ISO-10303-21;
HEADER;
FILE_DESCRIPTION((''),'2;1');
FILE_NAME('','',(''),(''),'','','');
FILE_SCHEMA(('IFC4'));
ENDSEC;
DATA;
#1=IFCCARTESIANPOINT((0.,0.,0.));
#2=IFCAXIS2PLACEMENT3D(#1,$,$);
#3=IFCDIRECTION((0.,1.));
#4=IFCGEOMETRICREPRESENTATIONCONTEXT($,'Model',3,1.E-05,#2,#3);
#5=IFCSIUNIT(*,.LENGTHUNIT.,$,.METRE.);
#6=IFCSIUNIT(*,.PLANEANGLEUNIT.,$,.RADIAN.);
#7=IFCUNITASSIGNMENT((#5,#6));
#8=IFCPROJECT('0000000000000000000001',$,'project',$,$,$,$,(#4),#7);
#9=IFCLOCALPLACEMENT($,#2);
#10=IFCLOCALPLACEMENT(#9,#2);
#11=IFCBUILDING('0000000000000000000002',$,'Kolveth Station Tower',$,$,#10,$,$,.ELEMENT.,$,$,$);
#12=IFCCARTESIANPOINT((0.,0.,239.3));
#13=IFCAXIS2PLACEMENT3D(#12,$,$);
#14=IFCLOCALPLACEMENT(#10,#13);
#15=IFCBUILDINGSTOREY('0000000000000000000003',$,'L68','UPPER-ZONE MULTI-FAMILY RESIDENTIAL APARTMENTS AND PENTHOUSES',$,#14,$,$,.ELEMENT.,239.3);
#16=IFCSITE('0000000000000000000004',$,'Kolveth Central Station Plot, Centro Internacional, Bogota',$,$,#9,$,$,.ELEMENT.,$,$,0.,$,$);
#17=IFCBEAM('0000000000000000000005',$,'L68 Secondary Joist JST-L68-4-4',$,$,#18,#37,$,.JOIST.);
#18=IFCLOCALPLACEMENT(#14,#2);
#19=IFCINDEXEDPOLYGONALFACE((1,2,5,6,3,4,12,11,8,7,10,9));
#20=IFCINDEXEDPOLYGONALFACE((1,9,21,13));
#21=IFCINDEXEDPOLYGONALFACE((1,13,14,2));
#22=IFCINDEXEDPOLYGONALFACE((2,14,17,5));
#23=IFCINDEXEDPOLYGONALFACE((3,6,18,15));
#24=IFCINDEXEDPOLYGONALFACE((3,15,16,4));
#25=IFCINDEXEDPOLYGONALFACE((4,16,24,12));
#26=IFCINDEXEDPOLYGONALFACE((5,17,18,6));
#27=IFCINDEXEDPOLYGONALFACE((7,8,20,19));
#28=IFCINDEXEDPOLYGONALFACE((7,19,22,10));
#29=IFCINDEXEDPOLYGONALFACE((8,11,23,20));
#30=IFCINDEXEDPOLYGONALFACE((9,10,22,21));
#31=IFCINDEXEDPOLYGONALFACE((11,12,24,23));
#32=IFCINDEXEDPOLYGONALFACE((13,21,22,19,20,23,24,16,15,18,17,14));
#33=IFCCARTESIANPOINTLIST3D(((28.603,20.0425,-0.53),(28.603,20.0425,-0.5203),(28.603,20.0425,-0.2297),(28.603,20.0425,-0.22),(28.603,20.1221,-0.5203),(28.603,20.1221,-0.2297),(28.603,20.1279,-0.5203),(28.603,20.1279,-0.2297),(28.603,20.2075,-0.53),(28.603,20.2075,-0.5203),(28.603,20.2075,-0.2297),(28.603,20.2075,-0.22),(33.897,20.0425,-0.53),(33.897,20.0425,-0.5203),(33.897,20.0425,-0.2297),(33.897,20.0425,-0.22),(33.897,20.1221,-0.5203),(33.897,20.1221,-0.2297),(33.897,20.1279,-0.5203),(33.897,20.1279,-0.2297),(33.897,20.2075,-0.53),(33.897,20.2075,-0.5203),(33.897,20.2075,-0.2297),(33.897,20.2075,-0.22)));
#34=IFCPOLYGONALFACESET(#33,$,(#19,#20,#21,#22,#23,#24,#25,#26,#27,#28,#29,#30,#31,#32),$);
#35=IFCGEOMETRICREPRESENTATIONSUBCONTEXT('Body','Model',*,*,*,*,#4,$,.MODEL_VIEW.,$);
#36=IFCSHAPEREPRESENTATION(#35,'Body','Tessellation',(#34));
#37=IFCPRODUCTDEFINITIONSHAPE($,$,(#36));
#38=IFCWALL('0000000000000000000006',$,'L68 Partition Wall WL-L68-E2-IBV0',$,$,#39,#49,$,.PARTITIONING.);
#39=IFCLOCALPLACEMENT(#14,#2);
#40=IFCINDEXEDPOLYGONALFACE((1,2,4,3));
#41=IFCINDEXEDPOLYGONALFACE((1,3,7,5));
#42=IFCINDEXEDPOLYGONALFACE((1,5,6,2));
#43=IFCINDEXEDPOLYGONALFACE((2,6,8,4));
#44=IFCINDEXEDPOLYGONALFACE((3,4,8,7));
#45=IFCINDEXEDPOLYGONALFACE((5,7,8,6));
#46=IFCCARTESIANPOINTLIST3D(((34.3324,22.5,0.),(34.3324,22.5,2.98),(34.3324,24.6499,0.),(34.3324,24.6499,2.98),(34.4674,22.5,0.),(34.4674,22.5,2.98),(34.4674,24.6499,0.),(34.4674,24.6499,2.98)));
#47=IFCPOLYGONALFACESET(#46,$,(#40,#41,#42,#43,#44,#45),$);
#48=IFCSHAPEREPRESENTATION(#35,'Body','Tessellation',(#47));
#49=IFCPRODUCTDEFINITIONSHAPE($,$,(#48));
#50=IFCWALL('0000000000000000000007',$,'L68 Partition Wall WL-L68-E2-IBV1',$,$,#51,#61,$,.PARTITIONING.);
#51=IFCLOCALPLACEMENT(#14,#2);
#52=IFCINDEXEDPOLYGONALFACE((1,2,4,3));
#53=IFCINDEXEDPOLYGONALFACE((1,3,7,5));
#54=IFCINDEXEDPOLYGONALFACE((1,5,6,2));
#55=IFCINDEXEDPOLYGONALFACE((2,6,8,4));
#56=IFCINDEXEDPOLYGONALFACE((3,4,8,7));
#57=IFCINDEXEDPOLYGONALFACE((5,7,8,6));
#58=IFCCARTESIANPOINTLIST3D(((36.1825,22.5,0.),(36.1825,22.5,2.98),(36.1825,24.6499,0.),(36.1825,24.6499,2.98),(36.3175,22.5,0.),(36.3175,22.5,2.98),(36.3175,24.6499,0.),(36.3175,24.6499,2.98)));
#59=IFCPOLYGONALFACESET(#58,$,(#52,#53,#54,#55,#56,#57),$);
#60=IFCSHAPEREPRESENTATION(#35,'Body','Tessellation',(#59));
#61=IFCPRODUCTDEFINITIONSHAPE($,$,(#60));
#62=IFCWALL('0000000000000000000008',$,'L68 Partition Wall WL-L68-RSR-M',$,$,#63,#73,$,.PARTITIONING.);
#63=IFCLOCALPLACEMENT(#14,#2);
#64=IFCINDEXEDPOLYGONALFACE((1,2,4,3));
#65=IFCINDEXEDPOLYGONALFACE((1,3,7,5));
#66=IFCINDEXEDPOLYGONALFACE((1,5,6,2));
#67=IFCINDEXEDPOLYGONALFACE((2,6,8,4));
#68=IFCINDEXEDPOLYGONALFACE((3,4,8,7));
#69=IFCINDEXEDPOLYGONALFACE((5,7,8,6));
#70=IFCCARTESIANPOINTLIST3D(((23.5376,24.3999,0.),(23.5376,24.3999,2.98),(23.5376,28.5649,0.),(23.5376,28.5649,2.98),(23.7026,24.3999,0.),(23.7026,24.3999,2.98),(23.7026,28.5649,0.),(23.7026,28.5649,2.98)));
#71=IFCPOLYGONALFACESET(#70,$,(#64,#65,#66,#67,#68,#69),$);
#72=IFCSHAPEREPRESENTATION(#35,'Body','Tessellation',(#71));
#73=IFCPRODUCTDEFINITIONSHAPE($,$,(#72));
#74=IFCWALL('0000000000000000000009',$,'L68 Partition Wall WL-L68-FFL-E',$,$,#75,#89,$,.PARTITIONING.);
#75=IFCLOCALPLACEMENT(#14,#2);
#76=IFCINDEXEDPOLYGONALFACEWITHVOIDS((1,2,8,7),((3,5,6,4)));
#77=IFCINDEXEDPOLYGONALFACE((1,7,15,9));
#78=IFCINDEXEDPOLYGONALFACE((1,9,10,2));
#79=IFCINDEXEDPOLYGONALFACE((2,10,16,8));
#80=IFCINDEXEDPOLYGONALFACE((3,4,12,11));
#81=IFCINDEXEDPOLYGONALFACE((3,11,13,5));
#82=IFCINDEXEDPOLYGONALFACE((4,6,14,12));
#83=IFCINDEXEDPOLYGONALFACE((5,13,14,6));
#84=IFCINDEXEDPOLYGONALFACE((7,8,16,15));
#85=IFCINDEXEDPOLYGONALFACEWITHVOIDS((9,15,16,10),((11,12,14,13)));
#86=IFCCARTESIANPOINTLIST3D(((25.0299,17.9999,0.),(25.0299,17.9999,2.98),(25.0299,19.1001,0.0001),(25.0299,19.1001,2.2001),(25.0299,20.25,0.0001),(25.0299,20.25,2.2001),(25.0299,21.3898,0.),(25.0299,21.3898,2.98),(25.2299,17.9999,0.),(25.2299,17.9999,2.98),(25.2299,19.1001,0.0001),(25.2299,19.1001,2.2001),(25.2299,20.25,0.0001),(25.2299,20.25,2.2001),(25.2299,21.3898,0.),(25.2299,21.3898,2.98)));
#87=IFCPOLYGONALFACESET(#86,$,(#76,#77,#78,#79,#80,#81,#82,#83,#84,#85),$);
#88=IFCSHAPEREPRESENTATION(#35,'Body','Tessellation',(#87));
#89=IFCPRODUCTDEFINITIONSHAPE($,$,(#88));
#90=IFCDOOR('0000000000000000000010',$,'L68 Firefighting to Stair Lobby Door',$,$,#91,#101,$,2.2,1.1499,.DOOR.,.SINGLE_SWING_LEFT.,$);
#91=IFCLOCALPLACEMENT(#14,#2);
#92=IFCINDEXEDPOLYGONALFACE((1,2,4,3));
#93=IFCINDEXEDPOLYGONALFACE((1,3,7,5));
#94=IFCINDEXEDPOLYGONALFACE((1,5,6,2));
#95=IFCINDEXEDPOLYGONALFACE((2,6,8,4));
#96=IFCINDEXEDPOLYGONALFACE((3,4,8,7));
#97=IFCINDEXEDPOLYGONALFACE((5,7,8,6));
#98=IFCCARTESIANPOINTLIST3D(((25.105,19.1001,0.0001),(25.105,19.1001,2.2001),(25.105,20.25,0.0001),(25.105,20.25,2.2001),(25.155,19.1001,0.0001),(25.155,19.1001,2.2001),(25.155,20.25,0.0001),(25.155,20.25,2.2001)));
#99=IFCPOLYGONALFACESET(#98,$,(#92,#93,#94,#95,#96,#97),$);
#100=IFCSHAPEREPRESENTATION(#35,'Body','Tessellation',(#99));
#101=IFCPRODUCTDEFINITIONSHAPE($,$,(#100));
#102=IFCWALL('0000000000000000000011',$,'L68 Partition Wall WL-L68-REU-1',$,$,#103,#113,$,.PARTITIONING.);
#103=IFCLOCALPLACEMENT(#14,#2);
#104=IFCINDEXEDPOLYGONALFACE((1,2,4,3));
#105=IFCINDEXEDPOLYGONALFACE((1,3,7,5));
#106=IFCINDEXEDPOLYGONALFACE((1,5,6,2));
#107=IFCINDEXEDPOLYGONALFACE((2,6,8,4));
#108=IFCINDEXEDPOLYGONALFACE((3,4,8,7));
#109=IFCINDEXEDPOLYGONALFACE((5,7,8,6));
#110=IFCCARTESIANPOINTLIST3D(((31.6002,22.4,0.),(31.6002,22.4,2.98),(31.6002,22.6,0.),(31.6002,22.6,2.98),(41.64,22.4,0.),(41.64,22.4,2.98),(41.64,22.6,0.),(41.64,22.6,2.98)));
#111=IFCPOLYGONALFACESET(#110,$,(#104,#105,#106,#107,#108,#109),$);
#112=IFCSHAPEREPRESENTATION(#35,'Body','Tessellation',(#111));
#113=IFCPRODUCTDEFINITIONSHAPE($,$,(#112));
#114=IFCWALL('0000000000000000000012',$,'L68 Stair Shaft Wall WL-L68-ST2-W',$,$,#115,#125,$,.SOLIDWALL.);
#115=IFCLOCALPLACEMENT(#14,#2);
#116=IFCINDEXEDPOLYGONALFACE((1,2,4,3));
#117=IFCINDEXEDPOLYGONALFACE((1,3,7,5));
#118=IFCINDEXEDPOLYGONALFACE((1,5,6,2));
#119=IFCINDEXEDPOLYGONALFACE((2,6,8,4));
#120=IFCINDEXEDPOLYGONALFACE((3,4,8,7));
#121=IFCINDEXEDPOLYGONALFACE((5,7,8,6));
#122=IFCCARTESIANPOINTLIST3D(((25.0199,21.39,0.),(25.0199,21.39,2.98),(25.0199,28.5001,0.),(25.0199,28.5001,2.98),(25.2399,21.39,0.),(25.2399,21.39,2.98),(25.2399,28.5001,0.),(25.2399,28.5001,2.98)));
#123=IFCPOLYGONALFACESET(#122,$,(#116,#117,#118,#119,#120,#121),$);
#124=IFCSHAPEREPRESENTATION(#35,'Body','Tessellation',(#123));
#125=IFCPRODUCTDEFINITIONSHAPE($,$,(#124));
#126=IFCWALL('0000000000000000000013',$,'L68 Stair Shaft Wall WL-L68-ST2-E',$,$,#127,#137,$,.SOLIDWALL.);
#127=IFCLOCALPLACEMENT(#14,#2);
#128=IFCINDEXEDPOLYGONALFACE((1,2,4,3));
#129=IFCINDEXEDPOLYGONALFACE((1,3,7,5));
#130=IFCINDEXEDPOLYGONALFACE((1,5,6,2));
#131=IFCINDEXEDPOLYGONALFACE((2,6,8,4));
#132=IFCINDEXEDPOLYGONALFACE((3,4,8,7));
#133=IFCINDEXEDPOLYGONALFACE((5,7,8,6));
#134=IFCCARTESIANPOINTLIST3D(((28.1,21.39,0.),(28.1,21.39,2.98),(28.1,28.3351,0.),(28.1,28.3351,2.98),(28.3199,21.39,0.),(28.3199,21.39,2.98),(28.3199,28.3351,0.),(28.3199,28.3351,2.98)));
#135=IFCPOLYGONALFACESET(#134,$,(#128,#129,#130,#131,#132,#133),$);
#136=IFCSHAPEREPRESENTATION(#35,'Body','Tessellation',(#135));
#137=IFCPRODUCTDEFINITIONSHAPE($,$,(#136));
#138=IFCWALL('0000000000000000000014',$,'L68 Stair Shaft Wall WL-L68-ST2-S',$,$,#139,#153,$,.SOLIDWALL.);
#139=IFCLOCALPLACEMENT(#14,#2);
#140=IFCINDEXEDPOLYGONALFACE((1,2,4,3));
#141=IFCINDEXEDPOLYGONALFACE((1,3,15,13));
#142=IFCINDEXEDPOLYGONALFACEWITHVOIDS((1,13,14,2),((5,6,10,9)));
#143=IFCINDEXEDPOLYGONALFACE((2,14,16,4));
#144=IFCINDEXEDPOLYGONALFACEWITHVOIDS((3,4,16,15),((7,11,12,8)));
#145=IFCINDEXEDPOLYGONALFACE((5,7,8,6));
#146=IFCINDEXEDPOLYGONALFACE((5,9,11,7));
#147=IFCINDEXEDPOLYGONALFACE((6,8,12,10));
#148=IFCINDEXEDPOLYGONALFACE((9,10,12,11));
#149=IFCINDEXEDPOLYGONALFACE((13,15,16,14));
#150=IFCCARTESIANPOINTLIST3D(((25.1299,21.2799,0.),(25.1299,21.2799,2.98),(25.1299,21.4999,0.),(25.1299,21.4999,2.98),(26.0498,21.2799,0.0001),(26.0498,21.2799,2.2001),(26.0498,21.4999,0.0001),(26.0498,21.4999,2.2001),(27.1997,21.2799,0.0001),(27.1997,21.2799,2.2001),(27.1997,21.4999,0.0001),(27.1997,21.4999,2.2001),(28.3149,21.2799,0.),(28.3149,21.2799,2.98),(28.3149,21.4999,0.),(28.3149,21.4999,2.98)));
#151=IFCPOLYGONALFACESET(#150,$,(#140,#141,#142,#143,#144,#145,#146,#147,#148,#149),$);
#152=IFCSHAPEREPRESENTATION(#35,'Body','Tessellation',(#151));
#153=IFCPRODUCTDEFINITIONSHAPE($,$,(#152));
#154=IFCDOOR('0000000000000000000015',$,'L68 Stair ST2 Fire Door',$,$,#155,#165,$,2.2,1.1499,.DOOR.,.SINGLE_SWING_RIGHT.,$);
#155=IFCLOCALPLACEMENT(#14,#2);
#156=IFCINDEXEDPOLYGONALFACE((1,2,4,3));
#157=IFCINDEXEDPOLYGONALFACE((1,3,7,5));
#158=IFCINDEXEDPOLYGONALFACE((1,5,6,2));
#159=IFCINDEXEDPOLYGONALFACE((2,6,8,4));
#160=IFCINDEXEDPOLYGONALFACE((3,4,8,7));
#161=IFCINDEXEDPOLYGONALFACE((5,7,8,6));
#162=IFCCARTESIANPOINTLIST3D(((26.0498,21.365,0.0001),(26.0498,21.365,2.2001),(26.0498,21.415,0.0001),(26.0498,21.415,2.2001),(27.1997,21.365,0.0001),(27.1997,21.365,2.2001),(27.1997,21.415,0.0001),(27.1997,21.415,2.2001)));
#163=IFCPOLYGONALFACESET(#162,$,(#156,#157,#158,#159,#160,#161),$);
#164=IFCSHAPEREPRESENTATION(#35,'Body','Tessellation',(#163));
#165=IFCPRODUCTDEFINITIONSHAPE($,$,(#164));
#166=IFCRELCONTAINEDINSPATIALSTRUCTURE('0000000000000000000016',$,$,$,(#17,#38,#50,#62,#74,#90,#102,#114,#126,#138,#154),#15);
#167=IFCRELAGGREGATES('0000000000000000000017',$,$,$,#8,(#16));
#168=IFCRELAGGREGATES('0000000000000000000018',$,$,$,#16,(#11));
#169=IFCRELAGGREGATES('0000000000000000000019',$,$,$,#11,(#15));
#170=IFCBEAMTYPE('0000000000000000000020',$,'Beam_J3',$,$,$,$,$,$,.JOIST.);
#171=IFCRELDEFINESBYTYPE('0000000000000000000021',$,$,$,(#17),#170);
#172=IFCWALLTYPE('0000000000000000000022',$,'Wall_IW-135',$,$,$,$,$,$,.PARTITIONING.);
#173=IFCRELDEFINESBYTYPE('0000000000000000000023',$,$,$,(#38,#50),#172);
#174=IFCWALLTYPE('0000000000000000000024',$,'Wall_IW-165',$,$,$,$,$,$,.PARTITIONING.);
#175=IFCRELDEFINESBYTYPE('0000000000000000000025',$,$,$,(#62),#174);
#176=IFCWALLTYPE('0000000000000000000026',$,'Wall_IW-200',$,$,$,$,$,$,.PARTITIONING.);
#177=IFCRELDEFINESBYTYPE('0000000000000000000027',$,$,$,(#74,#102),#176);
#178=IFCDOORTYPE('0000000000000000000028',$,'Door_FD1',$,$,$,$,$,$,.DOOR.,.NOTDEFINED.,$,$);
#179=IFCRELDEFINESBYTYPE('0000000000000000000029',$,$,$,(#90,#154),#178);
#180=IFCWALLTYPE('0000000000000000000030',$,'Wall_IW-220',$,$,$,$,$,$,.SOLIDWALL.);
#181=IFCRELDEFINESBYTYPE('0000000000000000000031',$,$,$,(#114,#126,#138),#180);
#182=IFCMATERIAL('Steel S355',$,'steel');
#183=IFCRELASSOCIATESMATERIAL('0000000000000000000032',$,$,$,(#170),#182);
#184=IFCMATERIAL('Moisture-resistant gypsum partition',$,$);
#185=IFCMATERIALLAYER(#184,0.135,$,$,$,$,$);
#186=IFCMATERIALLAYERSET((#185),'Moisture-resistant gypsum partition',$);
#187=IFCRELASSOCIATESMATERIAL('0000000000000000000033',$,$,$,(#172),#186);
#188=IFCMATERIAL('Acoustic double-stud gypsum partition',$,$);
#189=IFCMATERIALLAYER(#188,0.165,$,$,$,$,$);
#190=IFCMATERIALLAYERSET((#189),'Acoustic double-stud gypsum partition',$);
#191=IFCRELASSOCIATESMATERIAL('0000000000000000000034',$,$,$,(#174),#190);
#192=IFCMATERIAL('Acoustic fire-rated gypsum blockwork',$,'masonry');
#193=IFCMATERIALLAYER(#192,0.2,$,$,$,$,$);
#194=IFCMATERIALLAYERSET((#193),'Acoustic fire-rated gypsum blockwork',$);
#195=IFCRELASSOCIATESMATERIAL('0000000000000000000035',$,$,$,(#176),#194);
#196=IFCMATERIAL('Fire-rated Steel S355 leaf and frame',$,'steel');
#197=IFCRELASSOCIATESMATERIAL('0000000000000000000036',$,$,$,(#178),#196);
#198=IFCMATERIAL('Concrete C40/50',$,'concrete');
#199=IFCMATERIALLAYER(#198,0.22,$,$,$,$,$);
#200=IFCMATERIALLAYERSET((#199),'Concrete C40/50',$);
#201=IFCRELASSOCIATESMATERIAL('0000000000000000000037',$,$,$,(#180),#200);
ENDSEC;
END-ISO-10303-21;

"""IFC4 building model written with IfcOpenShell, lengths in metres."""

from ifc_helpers import new_model, si_unit, direction, frame, frame_2d, origin, origin_2d, place, context, subcontext, project, spatial, rectangle, i_section, extrude, source, transform, mapped, material, layer, layer_set, material_profile, profile_set, type_object, element, fill, save


model = new_model("IFC4")

# Units and contexts
model_context = context("Model", 3, precision=1e-05, world=origin(), true_north=direction((0.0, 1.0)))
body_context = subcontext(model_context, "Body", "Model", "MODEL_VIEW")
ifc_project = project(units=[si_unit("LENGTHUNIT", "METRE"), si_unit("PLANEANGLEUNIT", "RADIAN")], contexts=[model_context])

# Site, building, storey
site_placement = place(None, origin())
site = spatial("IfcSite", under=ifc_project, at=site_placement, Name="Kolveth Central Station Plot, Centro Internacional, Bogota", CompositionType="ELEMENT", RefElevation=0.0)
building_placement = place(site_placement, origin())
building = spatial("IfcBuilding", under=site, at=building_placement, Name="Kolveth Station Tower", CompositionType="ELEMENT")
storey_placement = place(building_placement, frame((0.0, 0.0, 239.3)))
storey = spatial("IfcBuildingStorey", under=building, at=storey_placement, Name="L68", Description="UPPER-ZONE MULTI-FAMILY RESIDENTIAL APARTMENTS AND PENTHOUSES", CompositionType="ELEMENT", Elevation=239.3)

# Shared definitions
ifc_material_1 = material(Name="Steel S355", Category="steel")

# Beam
ifc_material_profile_1 = material_profile(ifc_material_1, i_section(OverallWidth=0.165, OverallDepth=0.3101, WebThickness=0.0059, FlangeThickness=0.0098, at=origin_2d()), Name="W310x39")
ifc_profile_set_1 = profile_set([ifc_material_profile_1], Name="Steel S355")
beam_type_1 = type_object("IfcBeamType", Name="Beam_J3", PredefinedType="JOIST", material=ifc_profile_set_1)
shared_shape_1 = source(origin(), body_context, "Body", "SweptSolid", [
    extrude(i_section(OverallWidth=0.165, OverallDepth=0.3101, WebThickness=0.0059, FlangeThickness=0.0098, at=origin_2d()), origin(), (0.0, 0.0, 1.0), 5.2939),
])
beam_1_placement = place(storey_placement, frame((28.603, 20.125, -0.375), z_axis=(1.0, 0.0, 0.0), x_axis=(0.0, 1.0, 0.0)))
element("IfcBeam", 1, at=beam_1_placement, inside=storey, type_object=beam_type_1, Name="L68 Secondary Joist JST-L68-4-4", PredefinedType="JOIST", context=body_context, shape_type="MappedRepresentation", body=[
    mapped(shared_shape_1, transform((0.0, 0.0, 0.0), x_axis=(1.0, 0.0, 0.0), y_axis=(0.0, 1.0, 0.0), z_axis=(0.0, 0.0, 1.0), scale=1.0)),
])

# Walls
ifc_material_2 = material(Name="Moisture-resistant gypsum partition")
ifc_layer_1 = layer(ifc_material_2, 0.135)
ifc_layer_set_1 = layer_set([ifc_layer_1], Name="Moisture-resistant gypsum partition")
wall_type_1 = type_object("IfcWallType", Name="Wall_IW-135", PredefinedType="PARTITIONING", material=ifc_layer_set_1)
for number, where, z_axis, x_axis, name in (
    (2, (34.3999, 22.5, 0.0), (0.0, 0.0, 1.0), (0.0, 1.0, 0.0), "L68 Partition Wall WL-L68-E2-IBV0"),
    (3, (36.25, 22.5, 0.0), (0.0, 0.0, 1.0), (0.0, 1.0, 0.0), "L68 Partition Wall WL-L68-E2-IBV1"),
):
    element("IfcWall", number, at=place(storey_placement, frame(where, z_axis=z_axis, x_axis=x_axis)), inside=storey, type_object=wall_type_1, Name=name, PredefinedType="PARTITIONING", context=body_context, shape_type="SweptSolid", body=[
        extrude(rectangle(XDim=2.1499, YDim=0.135, at=frame_2d((1.075, 0.0))), origin(), (0.0, 0.0, 1.0), 2.98),
    ])
ifc_material_3 = material(Name="Acoustic double-stud gypsum partition")
ifc_layer_2 = layer(ifc_material_3, 0.165)
ifc_layer_set_2 = layer_set([ifc_layer_2], Name="Acoustic double-stud gypsum partition")
wall_type_2 = type_object("IfcWallType", Name="Wall_IW-165", PredefinedType="PARTITIONING", material=ifc_layer_set_2)
wall_1_placement = place(storey_placement, frame((23.6201, 24.3999, 0.0), z_axis=(0.0, 0.0, 1.0), x_axis=(0.0, 1.0, 0.0)))
element("IfcWall", 4, at=wall_1_placement, inside=storey, type_object=wall_type_2, Name="L68 Partition Wall WL-L68-RSR-M", PredefinedType="PARTITIONING", context=body_context, shape_type="SweptSolid", body=[
    extrude(rectangle(XDim=4.165, YDim=0.165, at=frame_2d((2.0825, 0.0))), origin(), (0.0, 0.0, 1.0), 2.98),
])

# Wall, opening, door
ifc_material_4 = material(Name="Acoustic fire-rated gypsum blockwork", Category="masonry")
ifc_layer_3 = layer(ifc_material_4, 0.2)
ifc_layer_set_3 = layer_set([ifc_layer_3], Name="Acoustic fire-rated gypsum blockwork")
wall_type_3 = type_object("IfcWallType", Name="Wall_IW-200", PredefinedType="PARTITIONING", material=ifc_layer_set_3)
wall_2_placement = place(storey_placement, frame((25.1299, 18.0, 0.0), z_axis=(0.0, 0.0, 1.0), x_axis=(0.0, 1.0, 0.0)))
wall_2 = element("IfcWall", 5, at=wall_2_placement, inside=storey, type_object=wall_type_3, Name="L68 Partition Wall WL-L68-FFL-E", PredefinedType="PARTITIONING", context=body_context, shape_type="SweptSolid", body=[
    extrude(rectangle(XDim=3.3899, YDim=0.2, at=frame_2d((1.6948, 0.0))), origin(), (0.0, 0.0, 1.0), 2.98),
])
opening_1_placement = place(wall_2_placement, frame((1.1001, 0.0, 0.0)))
opening_1 = element("IfcOpeningElement", 6, at=opening_1_placement, cuts=wall_2, PredefinedType="OPENING", context=body_context, shape_type="SweptSolid", body=[
    extrude(rectangle(XDim=1.1499, YDim=2.2, at=frame_2d((0.575, 1.1001))), frame((0.0, 0.1099, 0.0), z_axis=(0.0, -1.0, 0.0), x_axis=(1.0, 0.0, 0.0)), (0.0, 0.0, 1.0), 0.22),
])
ifc_material_5 = material(Name="Fire-rated Steel S355 leaf and frame", Category="steel")
door_type = type_object("IfcDoorType", Name="Door_FD1", OperationType="NOTDEFINED", PredefinedType="DOOR", material=ifc_material_5)
door_1_placement = place(opening_1_placement, origin())
door_1 = element("IfcDoor", 7, at=door_1_placement, inside=storey, type_object=door_type, Name="L68 Firefighting to Stair Lobby Door", OperationType="SINGLE_SWING_LEFT", OverallHeight=2.2, OverallWidth=1.1499, PredefinedType="DOOR", context=body_context, shape_type="SweptSolid", body=[
    extrude(rectangle(XDim=1.1499, YDim=2.2, at=frame_2d((0.575, 1.1001))), frame((0.0, 0.0249, 0.0), z_axis=(0.0, -1.0, 0.0), x_axis=(1.0, 0.0, 0.0)), (0.0, 0.0, 1.0), 0.05),
])
fill(opening_1, door_1)

# Walls
wall_3_placement = place(storey_placement, frame((31.6001, 22.5, 0.0), z_axis=(0.0, 0.0, 1.0), x_axis=(1.0, 0.0, 0.0)))
element("IfcWall", 8, at=wall_3_placement, inside=storey, type_object=wall_type_3, Name="L68 Partition Wall WL-L68-REU-1", PredefinedType="PARTITIONING", context=body_context, shape_type="SweptSolid", body=[
    extrude(rectangle(XDim=10.0398, YDim=0.2, at=frame_2d((5.02, 0.0))), origin(), (0.0, 0.0, 1.0), 2.98),
])
ifc_material_6 = material(Name="Concrete C40/50", Category="concrete")
ifc_layer_4 = layer(ifc_material_6, 0.22)
ifc_layer_set_4 = layer_set([ifc_layer_4], Name="Concrete C40/50")
wall_type_4 = type_object("IfcWallType", Name="Wall_IW-220", PredefinedType="SOLIDWALL", material=ifc_layer_set_4)
wall_4_placement = place(storey_placement, frame((25.1299, 21.3899, 0.0), z_axis=(0.0, 0.0, 1.0), x_axis=(0.0, 1.0, 0.0)))
element("IfcWall", 9, at=wall_4_placement, inside=storey, type_object=wall_type_4, Name="L68 Stair Shaft Wall WL-L68-ST2-W", PredefinedType="SOLIDWALL", context=body_context, shape_type="SweptSolid", body=[
    extrude(rectangle(XDim=7.1101, YDim=0.22, at=frame_2d((3.5552, 0.0))), origin(), (0.0, 0.0, 1.0), 2.98),
])
wall_5_placement = place(storey_placement, frame((28.21, 21.3899, 0.0), z_axis=(0.0, 0.0, 1.0), x_axis=(0.0, 1.0, 0.0)))
element("IfcWall", 10, at=wall_5_placement, inside=storey, type_object=wall_type_4, Name="L68 Stair Shaft Wall WL-L68-ST2-E", PredefinedType="SOLIDWALL", context=body_context, shape_type="SweptSolid", body=[
    extrude(rectangle(XDim=6.9451, YDim=0.22, at=frame_2d((3.4727, 0.0))), origin(), (0.0, 0.0, 1.0), 2.98),
])

# Wall, opening, door
wall_6_placement = place(storey_placement, frame((25.1299, 21.3899, 0.0), z_axis=(0.0, 0.0, 1.0), x_axis=(1.0, 0.0, 0.0)))
wall_6 = element("IfcWall", 11, at=wall_6_placement, inside=storey, type_object=wall_type_4, Name="L68 Stair Shaft Wall WL-L68-ST2-S", PredefinedType="SOLIDWALL", context=body_context, shape_type="SweptSolid", body=[
    extrude(rectangle(XDim=3.1851, YDim=0.22, at=frame_2d((1.5925, 0.0))), origin(), (0.0, 0.0, 1.0), 2.98),
])
opening_2_placement = place(wall_6_placement, frame((0.9199, 0.0, 0.0)))
opening_2 = element("IfcOpeningElement", 12, at=opening_2_placement, cuts=wall_6, PredefinedType="OPENING", context=body_context, shape_type="SweptSolid", body=[
    extrude(rectangle(XDim=1.1499, YDim=2.2, at=frame_2d((0.575, 1.1001))), frame((0.0, 0.1199, 0.0), z_axis=(0.0, -1.0, 0.0), x_axis=(1.0, 0.0, 0.0)), (0.0, 0.0, 1.0), 0.24),
])
door_2_placement = place(opening_2_placement, frame((1.1499, 0.0, 0.0), z_axis=(0.0, 0.0, 1.0), x_axis=(-1.0, 0.0, 0.0)))
door_2 = element("IfcDoor", 13, at=door_2_placement, inside=storey, type_object=door_type, Name="L68 Stair ST2 Fire Door", OperationType="SINGLE_SWING_RIGHT", OverallHeight=2.2, OverallWidth=1.1499, PredefinedType="DOOR", context=body_context, shape_type="SweptSolid", body=[
    extrude(rectangle(XDim=1.1499, YDim=2.2, at=frame_2d((0.575, 1.1001))), frame((0.0, 0.0249, 0.0), z_axis=(0.0, -1.0, 0.0), x_axis=(1.0, 0.0, 0.0)), (0.0, 0.0, 1.0), 0.05),
])
fill(opening_2, door_2)

save(model, "model.ifc")
